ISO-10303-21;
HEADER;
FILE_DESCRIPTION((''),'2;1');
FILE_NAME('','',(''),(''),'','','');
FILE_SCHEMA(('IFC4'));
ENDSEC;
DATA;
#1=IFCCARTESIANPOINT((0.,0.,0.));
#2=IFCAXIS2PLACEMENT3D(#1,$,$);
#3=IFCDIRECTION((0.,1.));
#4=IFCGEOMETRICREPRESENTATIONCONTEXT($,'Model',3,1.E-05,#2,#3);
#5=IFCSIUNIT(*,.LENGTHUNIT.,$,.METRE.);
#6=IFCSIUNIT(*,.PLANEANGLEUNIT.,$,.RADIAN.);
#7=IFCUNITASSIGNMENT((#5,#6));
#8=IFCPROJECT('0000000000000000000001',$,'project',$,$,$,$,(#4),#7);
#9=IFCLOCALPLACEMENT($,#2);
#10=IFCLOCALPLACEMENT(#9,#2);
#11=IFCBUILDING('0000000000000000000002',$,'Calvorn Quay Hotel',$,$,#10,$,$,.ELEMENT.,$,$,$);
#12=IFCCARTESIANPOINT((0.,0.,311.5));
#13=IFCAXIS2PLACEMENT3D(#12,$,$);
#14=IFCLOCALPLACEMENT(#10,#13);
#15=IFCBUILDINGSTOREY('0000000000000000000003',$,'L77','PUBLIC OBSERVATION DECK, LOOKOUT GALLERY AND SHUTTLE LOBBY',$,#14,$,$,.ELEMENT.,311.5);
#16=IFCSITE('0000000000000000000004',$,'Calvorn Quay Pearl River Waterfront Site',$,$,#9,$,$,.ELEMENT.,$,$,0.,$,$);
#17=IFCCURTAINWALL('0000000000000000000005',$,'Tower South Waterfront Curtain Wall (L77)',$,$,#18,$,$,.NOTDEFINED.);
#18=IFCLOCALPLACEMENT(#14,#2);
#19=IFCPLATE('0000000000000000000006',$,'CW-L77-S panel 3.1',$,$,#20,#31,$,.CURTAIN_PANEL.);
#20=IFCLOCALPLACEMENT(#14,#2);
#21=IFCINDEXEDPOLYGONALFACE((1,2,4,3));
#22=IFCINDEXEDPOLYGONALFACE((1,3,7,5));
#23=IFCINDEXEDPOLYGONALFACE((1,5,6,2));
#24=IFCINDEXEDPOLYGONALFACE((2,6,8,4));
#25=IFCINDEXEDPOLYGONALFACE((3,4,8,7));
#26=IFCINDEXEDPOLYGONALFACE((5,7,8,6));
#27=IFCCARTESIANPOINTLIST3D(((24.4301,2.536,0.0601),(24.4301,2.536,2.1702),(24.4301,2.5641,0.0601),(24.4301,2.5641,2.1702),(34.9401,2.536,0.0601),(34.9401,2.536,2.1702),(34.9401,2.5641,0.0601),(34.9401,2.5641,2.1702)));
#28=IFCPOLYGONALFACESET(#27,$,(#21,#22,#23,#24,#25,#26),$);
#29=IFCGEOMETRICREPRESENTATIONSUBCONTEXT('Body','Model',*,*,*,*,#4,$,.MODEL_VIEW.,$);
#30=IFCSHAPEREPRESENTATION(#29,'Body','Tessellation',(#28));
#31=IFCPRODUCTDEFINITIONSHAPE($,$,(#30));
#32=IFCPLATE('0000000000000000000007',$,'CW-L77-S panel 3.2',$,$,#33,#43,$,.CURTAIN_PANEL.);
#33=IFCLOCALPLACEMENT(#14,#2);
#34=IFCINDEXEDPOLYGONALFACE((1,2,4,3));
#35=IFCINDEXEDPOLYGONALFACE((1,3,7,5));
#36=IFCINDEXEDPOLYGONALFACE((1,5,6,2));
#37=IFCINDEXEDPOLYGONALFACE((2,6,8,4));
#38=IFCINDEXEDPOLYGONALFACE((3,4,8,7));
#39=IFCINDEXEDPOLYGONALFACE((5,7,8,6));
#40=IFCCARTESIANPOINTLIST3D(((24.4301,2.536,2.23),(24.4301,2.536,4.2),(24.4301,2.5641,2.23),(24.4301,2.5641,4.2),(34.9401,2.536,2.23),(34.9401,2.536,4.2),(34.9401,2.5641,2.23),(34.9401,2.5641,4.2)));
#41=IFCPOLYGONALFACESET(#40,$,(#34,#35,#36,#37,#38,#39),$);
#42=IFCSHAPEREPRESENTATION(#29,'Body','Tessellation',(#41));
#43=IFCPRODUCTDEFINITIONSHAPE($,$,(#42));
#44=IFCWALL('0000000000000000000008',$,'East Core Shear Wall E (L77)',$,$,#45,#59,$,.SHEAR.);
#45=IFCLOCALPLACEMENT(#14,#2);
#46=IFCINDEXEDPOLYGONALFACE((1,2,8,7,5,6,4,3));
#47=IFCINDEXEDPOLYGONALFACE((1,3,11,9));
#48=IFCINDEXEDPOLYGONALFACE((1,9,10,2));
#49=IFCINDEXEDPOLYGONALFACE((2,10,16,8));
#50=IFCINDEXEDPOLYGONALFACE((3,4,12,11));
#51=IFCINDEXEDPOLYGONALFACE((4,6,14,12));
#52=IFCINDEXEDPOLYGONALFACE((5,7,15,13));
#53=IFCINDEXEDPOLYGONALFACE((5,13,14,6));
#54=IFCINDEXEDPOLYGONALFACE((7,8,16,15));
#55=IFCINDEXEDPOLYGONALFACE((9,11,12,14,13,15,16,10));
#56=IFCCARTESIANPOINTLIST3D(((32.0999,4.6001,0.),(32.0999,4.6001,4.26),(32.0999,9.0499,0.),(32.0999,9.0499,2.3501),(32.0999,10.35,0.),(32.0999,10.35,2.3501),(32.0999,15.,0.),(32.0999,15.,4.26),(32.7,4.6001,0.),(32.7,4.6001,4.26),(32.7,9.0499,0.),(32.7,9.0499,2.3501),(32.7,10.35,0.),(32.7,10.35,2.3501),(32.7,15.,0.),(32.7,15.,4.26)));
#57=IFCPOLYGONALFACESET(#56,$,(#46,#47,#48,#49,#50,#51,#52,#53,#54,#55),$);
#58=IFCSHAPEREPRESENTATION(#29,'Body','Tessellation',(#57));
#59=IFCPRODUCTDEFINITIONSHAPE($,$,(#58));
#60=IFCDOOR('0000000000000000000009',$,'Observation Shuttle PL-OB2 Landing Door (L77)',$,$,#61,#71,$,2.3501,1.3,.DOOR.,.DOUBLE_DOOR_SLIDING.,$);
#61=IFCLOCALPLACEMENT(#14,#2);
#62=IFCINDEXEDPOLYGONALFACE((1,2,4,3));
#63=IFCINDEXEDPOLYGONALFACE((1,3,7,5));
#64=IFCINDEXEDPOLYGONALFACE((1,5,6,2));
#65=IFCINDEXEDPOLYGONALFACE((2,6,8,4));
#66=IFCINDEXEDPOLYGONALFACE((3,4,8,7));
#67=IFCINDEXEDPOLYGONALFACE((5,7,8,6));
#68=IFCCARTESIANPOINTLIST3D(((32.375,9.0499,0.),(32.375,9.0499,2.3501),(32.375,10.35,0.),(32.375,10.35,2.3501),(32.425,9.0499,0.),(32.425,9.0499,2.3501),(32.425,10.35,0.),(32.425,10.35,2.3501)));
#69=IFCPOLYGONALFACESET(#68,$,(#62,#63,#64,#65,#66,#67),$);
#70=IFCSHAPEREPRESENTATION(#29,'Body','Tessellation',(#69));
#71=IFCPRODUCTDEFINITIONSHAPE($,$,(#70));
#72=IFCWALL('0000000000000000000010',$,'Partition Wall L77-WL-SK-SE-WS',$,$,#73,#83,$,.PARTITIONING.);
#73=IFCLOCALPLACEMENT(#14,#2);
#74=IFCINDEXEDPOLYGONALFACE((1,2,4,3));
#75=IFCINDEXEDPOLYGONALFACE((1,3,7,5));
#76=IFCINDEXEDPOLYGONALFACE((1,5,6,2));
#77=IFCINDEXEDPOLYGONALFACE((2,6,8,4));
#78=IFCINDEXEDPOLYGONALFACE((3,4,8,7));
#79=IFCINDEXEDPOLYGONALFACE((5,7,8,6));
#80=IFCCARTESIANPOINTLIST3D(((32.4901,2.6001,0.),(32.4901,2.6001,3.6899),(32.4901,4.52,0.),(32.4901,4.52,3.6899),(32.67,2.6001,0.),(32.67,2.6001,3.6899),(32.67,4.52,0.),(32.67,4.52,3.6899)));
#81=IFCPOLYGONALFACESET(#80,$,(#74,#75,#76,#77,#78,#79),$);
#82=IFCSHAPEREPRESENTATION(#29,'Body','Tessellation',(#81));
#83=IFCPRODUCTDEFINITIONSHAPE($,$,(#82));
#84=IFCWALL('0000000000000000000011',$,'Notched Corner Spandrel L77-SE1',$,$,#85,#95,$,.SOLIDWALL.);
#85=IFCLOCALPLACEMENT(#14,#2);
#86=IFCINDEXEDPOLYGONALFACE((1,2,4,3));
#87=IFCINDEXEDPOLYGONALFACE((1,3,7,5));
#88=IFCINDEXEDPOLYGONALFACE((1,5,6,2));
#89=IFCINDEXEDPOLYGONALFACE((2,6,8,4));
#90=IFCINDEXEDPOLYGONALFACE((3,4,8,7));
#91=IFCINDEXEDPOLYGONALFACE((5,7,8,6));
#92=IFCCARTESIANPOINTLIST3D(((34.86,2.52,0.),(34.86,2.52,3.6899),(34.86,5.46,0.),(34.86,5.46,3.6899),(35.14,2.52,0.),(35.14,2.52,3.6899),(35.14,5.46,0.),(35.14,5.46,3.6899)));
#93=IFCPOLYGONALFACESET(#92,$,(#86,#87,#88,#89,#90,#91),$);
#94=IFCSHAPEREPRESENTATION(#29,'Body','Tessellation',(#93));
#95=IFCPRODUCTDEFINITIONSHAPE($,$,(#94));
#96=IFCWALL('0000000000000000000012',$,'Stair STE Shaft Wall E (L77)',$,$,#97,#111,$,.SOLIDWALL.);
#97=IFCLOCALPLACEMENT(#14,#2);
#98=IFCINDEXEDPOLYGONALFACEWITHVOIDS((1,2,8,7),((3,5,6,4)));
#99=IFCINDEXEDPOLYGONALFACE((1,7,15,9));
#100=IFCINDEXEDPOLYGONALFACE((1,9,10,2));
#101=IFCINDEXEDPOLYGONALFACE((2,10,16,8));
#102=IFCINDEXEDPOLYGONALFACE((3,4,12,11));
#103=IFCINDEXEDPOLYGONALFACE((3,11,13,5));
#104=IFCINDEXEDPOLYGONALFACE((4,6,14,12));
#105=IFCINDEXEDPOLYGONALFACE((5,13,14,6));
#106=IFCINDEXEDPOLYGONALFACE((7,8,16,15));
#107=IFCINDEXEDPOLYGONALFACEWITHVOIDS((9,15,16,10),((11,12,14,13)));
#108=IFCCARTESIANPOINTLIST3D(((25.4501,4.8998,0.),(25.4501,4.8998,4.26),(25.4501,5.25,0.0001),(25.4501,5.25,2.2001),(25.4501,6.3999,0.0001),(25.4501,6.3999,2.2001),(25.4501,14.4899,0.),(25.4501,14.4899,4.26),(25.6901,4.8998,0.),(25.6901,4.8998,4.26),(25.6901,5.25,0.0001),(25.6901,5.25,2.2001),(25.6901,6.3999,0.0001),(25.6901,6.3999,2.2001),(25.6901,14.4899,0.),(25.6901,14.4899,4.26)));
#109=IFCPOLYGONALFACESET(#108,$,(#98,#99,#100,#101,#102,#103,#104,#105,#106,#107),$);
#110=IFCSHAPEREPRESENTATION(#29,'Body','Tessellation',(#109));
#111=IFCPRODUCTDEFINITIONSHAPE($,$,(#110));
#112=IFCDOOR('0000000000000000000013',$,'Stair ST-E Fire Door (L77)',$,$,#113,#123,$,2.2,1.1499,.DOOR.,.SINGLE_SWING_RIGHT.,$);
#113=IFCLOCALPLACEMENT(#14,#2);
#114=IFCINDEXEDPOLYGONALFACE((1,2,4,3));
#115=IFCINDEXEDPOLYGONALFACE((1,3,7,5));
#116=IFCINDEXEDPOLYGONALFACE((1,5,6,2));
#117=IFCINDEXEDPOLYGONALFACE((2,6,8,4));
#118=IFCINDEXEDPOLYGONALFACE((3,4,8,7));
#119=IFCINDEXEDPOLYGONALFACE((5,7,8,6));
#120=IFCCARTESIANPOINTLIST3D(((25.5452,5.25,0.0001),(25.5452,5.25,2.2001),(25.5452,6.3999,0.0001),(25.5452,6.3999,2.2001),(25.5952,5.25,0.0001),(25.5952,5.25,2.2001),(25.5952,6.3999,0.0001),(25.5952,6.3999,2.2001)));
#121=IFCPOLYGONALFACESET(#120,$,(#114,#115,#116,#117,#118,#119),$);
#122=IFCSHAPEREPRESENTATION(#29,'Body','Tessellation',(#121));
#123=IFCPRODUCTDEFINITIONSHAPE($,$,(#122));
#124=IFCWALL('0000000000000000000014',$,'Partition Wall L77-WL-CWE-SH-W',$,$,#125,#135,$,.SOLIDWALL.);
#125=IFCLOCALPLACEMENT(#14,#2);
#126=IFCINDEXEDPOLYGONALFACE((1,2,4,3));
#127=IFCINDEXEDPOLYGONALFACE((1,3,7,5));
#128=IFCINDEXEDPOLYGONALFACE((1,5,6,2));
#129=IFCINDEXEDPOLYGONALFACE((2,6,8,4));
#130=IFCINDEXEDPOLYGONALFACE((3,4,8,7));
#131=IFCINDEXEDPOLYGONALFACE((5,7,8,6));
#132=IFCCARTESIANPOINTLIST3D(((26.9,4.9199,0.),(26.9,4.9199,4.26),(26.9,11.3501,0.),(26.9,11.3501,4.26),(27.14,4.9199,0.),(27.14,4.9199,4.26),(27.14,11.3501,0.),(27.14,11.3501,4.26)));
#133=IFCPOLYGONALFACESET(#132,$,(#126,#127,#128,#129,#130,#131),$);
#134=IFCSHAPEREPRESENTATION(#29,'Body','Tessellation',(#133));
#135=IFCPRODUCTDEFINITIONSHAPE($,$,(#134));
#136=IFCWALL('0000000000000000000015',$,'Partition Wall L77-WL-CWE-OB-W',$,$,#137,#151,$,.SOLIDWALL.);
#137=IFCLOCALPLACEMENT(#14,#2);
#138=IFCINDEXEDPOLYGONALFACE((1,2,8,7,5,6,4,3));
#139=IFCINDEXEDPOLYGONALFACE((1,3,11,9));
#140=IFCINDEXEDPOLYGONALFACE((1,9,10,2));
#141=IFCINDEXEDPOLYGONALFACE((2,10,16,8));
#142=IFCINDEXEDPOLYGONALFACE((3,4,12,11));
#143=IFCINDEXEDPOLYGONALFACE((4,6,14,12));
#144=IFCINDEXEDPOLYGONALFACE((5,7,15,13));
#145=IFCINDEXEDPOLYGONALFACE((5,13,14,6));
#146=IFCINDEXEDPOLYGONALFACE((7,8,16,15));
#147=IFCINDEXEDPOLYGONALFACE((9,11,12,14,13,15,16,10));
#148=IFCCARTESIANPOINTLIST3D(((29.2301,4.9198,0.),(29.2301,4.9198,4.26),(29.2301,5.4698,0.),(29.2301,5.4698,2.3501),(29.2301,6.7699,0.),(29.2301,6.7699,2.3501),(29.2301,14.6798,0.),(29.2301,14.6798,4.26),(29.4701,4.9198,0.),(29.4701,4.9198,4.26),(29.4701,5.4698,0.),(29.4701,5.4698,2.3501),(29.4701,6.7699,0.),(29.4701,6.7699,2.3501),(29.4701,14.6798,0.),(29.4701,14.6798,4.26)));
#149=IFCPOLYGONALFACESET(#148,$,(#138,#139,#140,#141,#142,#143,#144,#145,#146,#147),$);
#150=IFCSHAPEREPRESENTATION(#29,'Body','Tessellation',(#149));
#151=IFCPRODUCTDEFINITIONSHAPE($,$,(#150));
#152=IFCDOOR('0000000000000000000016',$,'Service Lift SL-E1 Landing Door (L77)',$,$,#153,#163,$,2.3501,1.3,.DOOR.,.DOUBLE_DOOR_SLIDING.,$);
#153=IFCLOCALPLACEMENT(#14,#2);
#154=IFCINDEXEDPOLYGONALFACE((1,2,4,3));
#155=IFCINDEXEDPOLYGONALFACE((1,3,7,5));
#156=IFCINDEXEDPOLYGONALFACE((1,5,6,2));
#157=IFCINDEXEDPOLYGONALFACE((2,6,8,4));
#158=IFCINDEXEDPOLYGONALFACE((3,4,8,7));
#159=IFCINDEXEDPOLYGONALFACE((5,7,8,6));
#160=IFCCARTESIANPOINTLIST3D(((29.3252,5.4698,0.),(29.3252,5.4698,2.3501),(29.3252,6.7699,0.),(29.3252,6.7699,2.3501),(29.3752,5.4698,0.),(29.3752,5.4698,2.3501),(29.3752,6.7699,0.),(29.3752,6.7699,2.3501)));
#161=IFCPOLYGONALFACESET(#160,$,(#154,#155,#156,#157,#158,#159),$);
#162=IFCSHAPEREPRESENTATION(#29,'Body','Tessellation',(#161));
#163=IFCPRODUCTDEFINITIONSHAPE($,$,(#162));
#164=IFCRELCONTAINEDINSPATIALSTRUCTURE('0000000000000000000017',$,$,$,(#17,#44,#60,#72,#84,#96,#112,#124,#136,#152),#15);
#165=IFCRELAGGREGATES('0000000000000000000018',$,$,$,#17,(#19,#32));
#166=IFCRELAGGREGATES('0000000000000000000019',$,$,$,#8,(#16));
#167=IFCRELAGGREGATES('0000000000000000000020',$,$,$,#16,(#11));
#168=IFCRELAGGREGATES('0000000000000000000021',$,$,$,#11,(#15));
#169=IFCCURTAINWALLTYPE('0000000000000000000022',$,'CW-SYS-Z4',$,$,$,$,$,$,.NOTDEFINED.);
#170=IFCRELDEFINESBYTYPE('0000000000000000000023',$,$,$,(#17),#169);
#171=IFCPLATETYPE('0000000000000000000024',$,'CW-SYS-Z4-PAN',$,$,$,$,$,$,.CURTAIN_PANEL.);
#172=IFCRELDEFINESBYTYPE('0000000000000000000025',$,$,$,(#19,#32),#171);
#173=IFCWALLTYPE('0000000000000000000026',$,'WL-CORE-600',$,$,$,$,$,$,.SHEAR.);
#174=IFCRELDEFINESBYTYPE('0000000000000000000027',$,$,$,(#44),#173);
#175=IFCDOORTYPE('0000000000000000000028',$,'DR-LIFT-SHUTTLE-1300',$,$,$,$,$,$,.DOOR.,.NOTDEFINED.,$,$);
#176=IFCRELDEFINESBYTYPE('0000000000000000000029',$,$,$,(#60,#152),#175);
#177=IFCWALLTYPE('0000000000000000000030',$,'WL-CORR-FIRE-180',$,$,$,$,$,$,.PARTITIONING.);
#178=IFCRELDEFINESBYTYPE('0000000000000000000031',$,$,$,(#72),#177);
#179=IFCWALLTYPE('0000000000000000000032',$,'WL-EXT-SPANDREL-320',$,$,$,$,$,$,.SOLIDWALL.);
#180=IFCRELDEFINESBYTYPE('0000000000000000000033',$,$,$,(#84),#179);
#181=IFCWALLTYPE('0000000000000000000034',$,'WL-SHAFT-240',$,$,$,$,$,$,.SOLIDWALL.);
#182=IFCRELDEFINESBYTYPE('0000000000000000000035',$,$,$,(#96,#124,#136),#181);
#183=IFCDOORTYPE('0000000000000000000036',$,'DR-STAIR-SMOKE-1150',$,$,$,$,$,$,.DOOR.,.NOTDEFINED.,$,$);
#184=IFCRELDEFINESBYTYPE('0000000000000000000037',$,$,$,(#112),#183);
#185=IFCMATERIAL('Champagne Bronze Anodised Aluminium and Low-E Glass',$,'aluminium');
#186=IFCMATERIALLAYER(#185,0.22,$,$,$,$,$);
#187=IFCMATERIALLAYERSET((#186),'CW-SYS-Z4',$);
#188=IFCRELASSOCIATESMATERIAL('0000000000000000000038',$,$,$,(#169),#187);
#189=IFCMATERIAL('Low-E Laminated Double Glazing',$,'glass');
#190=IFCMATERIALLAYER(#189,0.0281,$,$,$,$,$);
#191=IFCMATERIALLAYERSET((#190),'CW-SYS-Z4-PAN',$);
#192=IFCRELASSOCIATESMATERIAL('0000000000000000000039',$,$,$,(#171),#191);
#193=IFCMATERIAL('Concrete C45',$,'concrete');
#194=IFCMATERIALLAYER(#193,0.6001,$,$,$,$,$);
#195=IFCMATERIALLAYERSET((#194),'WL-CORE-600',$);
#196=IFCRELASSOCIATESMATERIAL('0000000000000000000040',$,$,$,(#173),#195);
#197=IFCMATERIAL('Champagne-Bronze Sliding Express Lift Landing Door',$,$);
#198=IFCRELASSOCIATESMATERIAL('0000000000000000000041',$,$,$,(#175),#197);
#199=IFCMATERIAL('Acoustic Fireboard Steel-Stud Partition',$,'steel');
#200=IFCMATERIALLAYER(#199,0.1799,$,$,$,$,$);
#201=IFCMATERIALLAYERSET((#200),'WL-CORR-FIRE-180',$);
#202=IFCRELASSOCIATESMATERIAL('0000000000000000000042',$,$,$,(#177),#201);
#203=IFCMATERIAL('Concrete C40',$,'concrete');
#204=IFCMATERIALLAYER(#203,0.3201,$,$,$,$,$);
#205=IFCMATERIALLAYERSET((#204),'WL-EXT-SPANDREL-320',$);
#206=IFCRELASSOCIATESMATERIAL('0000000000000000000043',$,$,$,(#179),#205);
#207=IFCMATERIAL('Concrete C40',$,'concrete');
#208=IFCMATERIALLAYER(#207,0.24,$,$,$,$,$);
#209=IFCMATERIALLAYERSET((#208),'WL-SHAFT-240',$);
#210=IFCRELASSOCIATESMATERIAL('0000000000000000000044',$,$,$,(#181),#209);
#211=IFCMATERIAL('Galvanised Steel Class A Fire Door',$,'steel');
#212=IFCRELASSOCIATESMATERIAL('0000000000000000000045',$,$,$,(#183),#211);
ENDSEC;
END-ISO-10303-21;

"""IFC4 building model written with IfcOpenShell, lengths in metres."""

from ifc_helpers import new_model, si_unit, direction, frame, frame_2d, origin, origin_2d, place, context, subcontext, project, spatial, rectangle, extrude, material, layer, layer_set, type_object, element, fill, aggregate, save


model = new_model("IFC4")

# Units and contexts
model_context = context("Model", 3, precision=1e-05, world=origin(), true_north=direction((0.0, 1.0)))
body_context = subcontext(model_context, "Body", "Model", "MODEL_VIEW")
ifc_project = project(units=[si_unit("LENGTHUNIT", "METRE"), si_unit("PLANEANGLEUNIT", "RADIAN")], contexts=[model_context])

# Site, building, storey
site_placement = place(None, origin())
site = spatial("IfcSite", under=ifc_project, at=site_placement, Name="Calvorn Quay Pearl River Waterfront Site", CompositionType="ELEMENT", RefElevation=0.0)
building_placement = place(site_placement, origin())
building = spatial("IfcBuilding", under=site, at=building_placement, Name="Calvorn Quay Hotel", CompositionType="ELEMENT")
storey_placement = place(building_placement, frame((0.0, 0.0, 311.5)))
storey = spatial("IfcBuildingStorey", under=building, at=storey_placement, Name="L77", Description="PUBLIC OBSERVATION DECK, LOOKOUT GALLERY AND SHUTTLE LOBBY", CompositionType="ELEMENT", Elevation=311.5)

# Curtain wall, plates
ifc_material_1 = material(Name="Champagne Bronze Anodised Aluminium and Low-E Glass", Category="aluminium")
ifc_layer_1 = layer(ifc_material_1, 0.22)
ifc_layer_set_1 = layer_set([ifc_layer_1], Name="CW-SYS-Z4")
curtain_wall_type = type_object("IfcCurtainWallType", Name="CW-SYS-Z4", PredefinedType="NOTDEFINED", material=ifc_layer_set_1)
curtain_wall_placement = place(storey_placement, origin())
curtain_wall = element("IfcCurtainWall", 1, at=curtain_wall_placement, inside=storey, type_object=curtain_wall_type, Name="Tower South Waterfront Curtain Wall (L77)", PredefinedType="NOTDEFINED")
ifc_material_2 = material(Name="Low-E Laminated Double Glazing", Category="glass")
ifc_layer_2 = layer(ifc_material_2, 0.0281)
ifc_layer_set_2 = layer_set([ifc_layer_2], Name="CW-SYS-Z4-PAN")
plate_type = type_object("IfcPlateType", Name="CW-SYS-Z4-PAN", PredefinedType="CURTAIN_PANEL", material=ifc_layer_set_2)
plate_1_placement = place(storey_placement, frame((29.6851, 2.55, 0.0601), z_axis=(0.0, 0.0, 1.0), x_axis=(1.0, 0.0, 0.0)))
plate_1 = element("IfcPlate", 2, at=plate_1_placement, type_object=plate_type, Name="CW-L77-S panel 3.1", PredefinedType="CURTAIN_PANEL", context=body_context, shape_type="SweptSolid", body=[
    extrude(rectangle(XDim=10.51, YDim=0.0281, at=origin_2d()), origin(), (0.0, 0.0, 1.0), 2.1101),
])
plate_2_placement = place(storey_placement, frame((29.6851, 2.55, 2.23), z_axis=(0.0, 0.0, 1.0), x_axis=(1.0, 0.0, 0.0)))
plate_2 = element("IfcPlate", 3, at=plate_2_placement, type_object=plate_type, Name="CW-L77-S panel 3.2", PredefinedType="CURTAIN_PANEL", context=body_context, shape_type="SweptSolid", body=[
    extrude(rectangle(XDim=10.51, YDim=0.0281, at=origin_2d()), origin(), (0.0, 0.0, 1.0), 1.97),
])
aggregate(curtain_wall, [plate_1, plate_2])

# Wall, opening, door
ifc_material_3 = material(Name="Concrete C45", Category="concrete")
ifc_layer_3 = layer(ifc_material_3, 0.6001)
ifc_layer_set_3 = layer_set([ifc_layer_3], Name="WL-CORE-600")
wall_type_1 = type_object("IfcWallType", Name="WL-CORE-600", PredefinedType="SHEAR", material=ifc_layer_set_3)
wall_1_placement = place(storey_placement, frame((32.3999, 4.6001, 0.0), z_axis=(0.0, 0.0, 1.0), x_axis=(0.0, 1.0, 0.0)))
wall_1 = element("IfcWall", 4, at=wall_1_placement, inside=storey, type_object=wall_type_1, Name="East Core Shear Wall E (L77)", PredefinedType="SHEAR", context=body_context, shape_type="SweptSolid", body=[
    extrude(rectangle(XDim=10.3999, YDim=0.6001, at=frame_2d((5.2, 0.0))), origin(), (0.0, 0.0, 1.0), 4.26),
])
opening_1_placement = place(wall_1_placement, frame((4.45, 0.0, 0.0)))
opening_1 = element("IfcOpeningElement", 5, at=opening_1_placement, cuts=wall_1, PredefinedType="OPENING", context=body_context, shape_type="SweptSolid", body=[
    extrude(rectangle(XDim=1.3, YDim=2.3501, at=frame_2d((0.6499, 1.175))), frame((0.0, 0.3101, 0.0), z_axis=(0.0, -1.0, 0.0), x_axis=(1.0, 0.0, 0.0)), (0.0, 0.0, 1.0), 0.6201),
])
ifc_material_4 = material(Name="Champagne-Bronze Sliding Express Lift Landing Door")
door_type_1 = type_object("IfcDoorType", Name="DR-LIFT-SHUTTLE-1300", OperationType="NOTDEFINED", PredefinedType="DOOR", material=ifc_material_4)
door_1_placement = place(opening_1_placement, origin())
door_1 = element("IfcDoor", 6, at=door_1_placement, inside=storey, type_object=door_type_1, Name="Observation Shuttle PL-OB2 Landing Door (L77)", OperationType="DOUBLE_DOOR_SLIDING", OverallHeight=2.3501, OverallWidth=1.3, PredefinedType="DOOR", context=body_context, shape_type="SweptSolid", body=[
    extrude(rectangle(XDim=1.3, YDim=2.3501, at=frame_2d((0.6499, 1.175))), frame((0.0, 0.0249, 0.0), z_axis=(0.0, -1.0, 0.0), x_axis=(1.0, 0.0, 0.0)), (0.0, 0.0, 1.0), 0.05),
])
fill(opening_1, door_1)

# Walls
ifc_material_5 = material(Name="Acoustic Fireboard Steel-Stud Partition", Category="steel")
ifc_layer_4 = layer(ifc_material_5, 0.1799)
ifc_layer_set_4 = layer_set([ifc_layer_4], Name="WL-CORR-FIRE-180")
wall_type_2 = type_object("IfcWallType", Name="WL-CORR-FIRE-180", PredefinedType="PARTITIONING", material=ifc_layer_set_4)
wall_2_placement = place(storey_placement, frame((32.5801, 2.6001, 0.0), z_axis=(0.0, 0.0, 1.0), x_axis=(0.0, 1.0, 0.0)))
element("IfcWall", 7, at=wall_2_placement, inside=storey, type_object=wall_type_2, Name="Partition Wall L77-WL-SK-SE-WS", PredefinedType="PARTITIONING", context=body_context, shape_type="SweptSolid", body=[
    extrude(rectangle(XDim=1.9199, YDim=0.1799, at=frame_2d((0.96, 0.0))), origin(), (0.0, 0.0, 1.0), 3.6899),
])
ifc_material_6 = material(Name="Concrete C40", Category="concrete")
ifc_layer_5 = layer(ifc_material_6, 0.3201)
ifc_layer_set_5 = layer_set([ifc_layer_5], Name="WL-EXT-SPANDREL-320")
wall_type_3 = type_object("IfcWallType", Name="WL-EXT-SPANDREL-320", PredefinedType="SOLIDWALL", material=ifc_layer_set_5)
wall_3_placement = place(storey_placement, frame((35.0, 2.52, 0.0), z_axis=(0.0, 0.0, 1.0), x_axis=(0.0, 1.0, 0.0)))
element("IfcWall", 8, at=wall_3_placement, inside=storey, type_object=wall_type_3, Name="Notched Corner Spandrel L77-SE1", PredefinedType="SOLIDWALL", context=body_context, shape_type="SweptSolid", body=[
    extrude(rectangle(XDim=2.9399, YDim=0.28, at=frame_2d((1.47, 0.0))), origin(), (0.0, 0.0, 1.0), 3.6899),
])

# Wall, opening, door
ifc_material_7 = material(Name="Concrete C40", Category="concrete")
ifc_layer_6 = layer(ifc_material_7, 0.24)
ifc_layer_set_6 = layer_set([ifc_layer_6], Name="WL-SHAFT-240")
wall_type_4 = type_object("IfcWallType", Name="WL-SHAFT-240", PredefinedType="SOLIDWALL", material=ifc_layer_set_6)
wall_4_placement = place(storey_placement, frame((25.5701, 4.8999, 0.0), z_axis=(0.0, 0.0, 1.0), x_axis=(0.0, 1.0, 0.0)))
wall_4 = element("IfcWall", 9, at=wall_4_placement, inside=storey, type_object=wall_type_4, Name="Stair STE Shaft Wall E (L77)", PredefinedType="SOLIDWALL", context=body_context, shape_type="SweptSolid", body=[
    extrude(rectangle(XDim=9.5901, YDim=0.24, at=frame_2d((4.7949, 0.0))), origin(), (0.0, 0.0, 1.0), 4.26),
])
opening_2_placement = place(wall_4_placement, frame((0.3501, 0.0, 0.0)))
opening_2 = element("IfcOpeningElement", 10, at=opening_2_placement, cuts=wall_4, PredefinedType="OPENING", context=body_context, shape_type="SweptSolid", body=[
    extrude(rectangle(XDim=1.1499, YDim=2.2, at=frame_2d((0.575, 1.1001))), frame((0.0, 0.1299, 0.0), z_axis=(0.0, -1.0, 0.0), x_axis=(1.0, 0.0, 0.0)), (0.0, 0.0, 1.0), 0.26),
])
ifc_material_8 = material(Name="Galvanised Steel Class A Fire Door", Category="steel")
door_type_2 = type_object("IfcDoorType", Name="DR-STAIR-SMOKE-1150", OperationType="NOTDEFINED", PredefinedType="DOOR", material=ifc_material_8)
door_2_placement = place(opening_2_placement, origin())
door_2 = element("IfcDoor", 11, at=door_2_placement, inside=storey, type_object=door_type_2, Name="Stair ST-E Fire Door (L77)", OperationType="SINGLE_SWING_RIGHT", OverallHeight=2.2, OverallWidth=1.1499, PredefinedType="DOOR", context=body_context, shape_type="SweptSolid", body=[
    extrude(rectangle(XDim=1.1499, YDim=2.2, at=frame_2d((0.575, 1.1001))), frame((0.0, 0.0249, 0.0), z_axis=(0.0, -1.0, 0.0), x_axis=(1.0, 0.0, 0.0)), (0.0, 0.0, 1.0), 0.05),
])
fill(opening_2, door_2)

# Wall
wall_5_placement = place(storey_placement, frame((27.02, 4.9199, 0.0), z_axis=(0.0, 0.0, 1.0), x_axis=(0.0, 1.0, 0.0)))
element("IfcWall", 12, at=wall_5_placement, inside=storey, type_object=wall_type_4, Name="Partition Wall L77-WL-CWE-SH-W", PredefinedType="SOLIDWALL", context=body_context, shape_type="SweptSolid", body=[
    extrude(rectangle(XDim=6.4302, YDim=0.24, at=frame_2d((3.2151, 0.0))), origin(), (0.0, 0.0, 1.0), 4.26),
])

# Wall, opening, door
wall_6_placement = place(storey_placement, frame((29.3501, 4.9199, 0.0), z_axis=(0.0, 0.0, 1.0), x_axis=(0.0, 1.0, 0.0)))
wall_6 = element("IfcWall", 13, at=wall_6_placement, inside=storey, type_object=wall_type_4, Name="Partition Wall L77-WL-CWE-OB-W", PredefinedType="SOLIDWALL", context=body_context, shape_type="SweptSolid", body=[
    extrude(rectangle(XDim=9.76, YDim=0.24, at=frame_2d((4.8799, 0.0))), origin(), (0.0, 0.0, 1.0), 4.26),
])
opening_3_placement = place(wall_6_placement, frame((0.55, 0.0, 0.0)))
opening_3 = element("IfcOpeningElement", 14, at=opening_3_placement, cuts=wall_6, PredefinedType="OPENING", context=body_context, shape_type="SweptSolid", body=[
    extrude(rectangle(XDim=1.3, YDim=2.3501, at=frame_2d((0.6499, 1.175))), frame((0.0, 0.1299, 0.0), z_axis=(0.0, -1.0, 0.0), x_axis=(1.0, 0.0, 0.0)), (0.0, 0.0, 1.0), 0.26),
])
door_3_placement = place(opening_3_placement, origin())
door_3 = element("IfcDoor", 15, at=door_3_placement, inside=storey, type_object=door_type_1, Name="Service Lift SL-E1 Landing Door (L77)", OperationType="DOUBLE_DOOR_SLIDING", OverallHeight=2.3501, OverallWidth=1.3, PredefinedType="DOOR", context=body_context, shape_type="SweptSolid", body=[
    extrude(rectangle(XDim=1.3, YDim=2.3501, at=frame_2d((0.6499, 1.175))), frame((0.0, 0.0249, 0.0), z_axis=(0.0, -1.0, 0.0), x_axis=(1.0, 0.0, 0.0)), (0.0, 0.0, 1.0), 0.05),
])
fill(opening_3, door_3)

save(model, "model.ifc")
